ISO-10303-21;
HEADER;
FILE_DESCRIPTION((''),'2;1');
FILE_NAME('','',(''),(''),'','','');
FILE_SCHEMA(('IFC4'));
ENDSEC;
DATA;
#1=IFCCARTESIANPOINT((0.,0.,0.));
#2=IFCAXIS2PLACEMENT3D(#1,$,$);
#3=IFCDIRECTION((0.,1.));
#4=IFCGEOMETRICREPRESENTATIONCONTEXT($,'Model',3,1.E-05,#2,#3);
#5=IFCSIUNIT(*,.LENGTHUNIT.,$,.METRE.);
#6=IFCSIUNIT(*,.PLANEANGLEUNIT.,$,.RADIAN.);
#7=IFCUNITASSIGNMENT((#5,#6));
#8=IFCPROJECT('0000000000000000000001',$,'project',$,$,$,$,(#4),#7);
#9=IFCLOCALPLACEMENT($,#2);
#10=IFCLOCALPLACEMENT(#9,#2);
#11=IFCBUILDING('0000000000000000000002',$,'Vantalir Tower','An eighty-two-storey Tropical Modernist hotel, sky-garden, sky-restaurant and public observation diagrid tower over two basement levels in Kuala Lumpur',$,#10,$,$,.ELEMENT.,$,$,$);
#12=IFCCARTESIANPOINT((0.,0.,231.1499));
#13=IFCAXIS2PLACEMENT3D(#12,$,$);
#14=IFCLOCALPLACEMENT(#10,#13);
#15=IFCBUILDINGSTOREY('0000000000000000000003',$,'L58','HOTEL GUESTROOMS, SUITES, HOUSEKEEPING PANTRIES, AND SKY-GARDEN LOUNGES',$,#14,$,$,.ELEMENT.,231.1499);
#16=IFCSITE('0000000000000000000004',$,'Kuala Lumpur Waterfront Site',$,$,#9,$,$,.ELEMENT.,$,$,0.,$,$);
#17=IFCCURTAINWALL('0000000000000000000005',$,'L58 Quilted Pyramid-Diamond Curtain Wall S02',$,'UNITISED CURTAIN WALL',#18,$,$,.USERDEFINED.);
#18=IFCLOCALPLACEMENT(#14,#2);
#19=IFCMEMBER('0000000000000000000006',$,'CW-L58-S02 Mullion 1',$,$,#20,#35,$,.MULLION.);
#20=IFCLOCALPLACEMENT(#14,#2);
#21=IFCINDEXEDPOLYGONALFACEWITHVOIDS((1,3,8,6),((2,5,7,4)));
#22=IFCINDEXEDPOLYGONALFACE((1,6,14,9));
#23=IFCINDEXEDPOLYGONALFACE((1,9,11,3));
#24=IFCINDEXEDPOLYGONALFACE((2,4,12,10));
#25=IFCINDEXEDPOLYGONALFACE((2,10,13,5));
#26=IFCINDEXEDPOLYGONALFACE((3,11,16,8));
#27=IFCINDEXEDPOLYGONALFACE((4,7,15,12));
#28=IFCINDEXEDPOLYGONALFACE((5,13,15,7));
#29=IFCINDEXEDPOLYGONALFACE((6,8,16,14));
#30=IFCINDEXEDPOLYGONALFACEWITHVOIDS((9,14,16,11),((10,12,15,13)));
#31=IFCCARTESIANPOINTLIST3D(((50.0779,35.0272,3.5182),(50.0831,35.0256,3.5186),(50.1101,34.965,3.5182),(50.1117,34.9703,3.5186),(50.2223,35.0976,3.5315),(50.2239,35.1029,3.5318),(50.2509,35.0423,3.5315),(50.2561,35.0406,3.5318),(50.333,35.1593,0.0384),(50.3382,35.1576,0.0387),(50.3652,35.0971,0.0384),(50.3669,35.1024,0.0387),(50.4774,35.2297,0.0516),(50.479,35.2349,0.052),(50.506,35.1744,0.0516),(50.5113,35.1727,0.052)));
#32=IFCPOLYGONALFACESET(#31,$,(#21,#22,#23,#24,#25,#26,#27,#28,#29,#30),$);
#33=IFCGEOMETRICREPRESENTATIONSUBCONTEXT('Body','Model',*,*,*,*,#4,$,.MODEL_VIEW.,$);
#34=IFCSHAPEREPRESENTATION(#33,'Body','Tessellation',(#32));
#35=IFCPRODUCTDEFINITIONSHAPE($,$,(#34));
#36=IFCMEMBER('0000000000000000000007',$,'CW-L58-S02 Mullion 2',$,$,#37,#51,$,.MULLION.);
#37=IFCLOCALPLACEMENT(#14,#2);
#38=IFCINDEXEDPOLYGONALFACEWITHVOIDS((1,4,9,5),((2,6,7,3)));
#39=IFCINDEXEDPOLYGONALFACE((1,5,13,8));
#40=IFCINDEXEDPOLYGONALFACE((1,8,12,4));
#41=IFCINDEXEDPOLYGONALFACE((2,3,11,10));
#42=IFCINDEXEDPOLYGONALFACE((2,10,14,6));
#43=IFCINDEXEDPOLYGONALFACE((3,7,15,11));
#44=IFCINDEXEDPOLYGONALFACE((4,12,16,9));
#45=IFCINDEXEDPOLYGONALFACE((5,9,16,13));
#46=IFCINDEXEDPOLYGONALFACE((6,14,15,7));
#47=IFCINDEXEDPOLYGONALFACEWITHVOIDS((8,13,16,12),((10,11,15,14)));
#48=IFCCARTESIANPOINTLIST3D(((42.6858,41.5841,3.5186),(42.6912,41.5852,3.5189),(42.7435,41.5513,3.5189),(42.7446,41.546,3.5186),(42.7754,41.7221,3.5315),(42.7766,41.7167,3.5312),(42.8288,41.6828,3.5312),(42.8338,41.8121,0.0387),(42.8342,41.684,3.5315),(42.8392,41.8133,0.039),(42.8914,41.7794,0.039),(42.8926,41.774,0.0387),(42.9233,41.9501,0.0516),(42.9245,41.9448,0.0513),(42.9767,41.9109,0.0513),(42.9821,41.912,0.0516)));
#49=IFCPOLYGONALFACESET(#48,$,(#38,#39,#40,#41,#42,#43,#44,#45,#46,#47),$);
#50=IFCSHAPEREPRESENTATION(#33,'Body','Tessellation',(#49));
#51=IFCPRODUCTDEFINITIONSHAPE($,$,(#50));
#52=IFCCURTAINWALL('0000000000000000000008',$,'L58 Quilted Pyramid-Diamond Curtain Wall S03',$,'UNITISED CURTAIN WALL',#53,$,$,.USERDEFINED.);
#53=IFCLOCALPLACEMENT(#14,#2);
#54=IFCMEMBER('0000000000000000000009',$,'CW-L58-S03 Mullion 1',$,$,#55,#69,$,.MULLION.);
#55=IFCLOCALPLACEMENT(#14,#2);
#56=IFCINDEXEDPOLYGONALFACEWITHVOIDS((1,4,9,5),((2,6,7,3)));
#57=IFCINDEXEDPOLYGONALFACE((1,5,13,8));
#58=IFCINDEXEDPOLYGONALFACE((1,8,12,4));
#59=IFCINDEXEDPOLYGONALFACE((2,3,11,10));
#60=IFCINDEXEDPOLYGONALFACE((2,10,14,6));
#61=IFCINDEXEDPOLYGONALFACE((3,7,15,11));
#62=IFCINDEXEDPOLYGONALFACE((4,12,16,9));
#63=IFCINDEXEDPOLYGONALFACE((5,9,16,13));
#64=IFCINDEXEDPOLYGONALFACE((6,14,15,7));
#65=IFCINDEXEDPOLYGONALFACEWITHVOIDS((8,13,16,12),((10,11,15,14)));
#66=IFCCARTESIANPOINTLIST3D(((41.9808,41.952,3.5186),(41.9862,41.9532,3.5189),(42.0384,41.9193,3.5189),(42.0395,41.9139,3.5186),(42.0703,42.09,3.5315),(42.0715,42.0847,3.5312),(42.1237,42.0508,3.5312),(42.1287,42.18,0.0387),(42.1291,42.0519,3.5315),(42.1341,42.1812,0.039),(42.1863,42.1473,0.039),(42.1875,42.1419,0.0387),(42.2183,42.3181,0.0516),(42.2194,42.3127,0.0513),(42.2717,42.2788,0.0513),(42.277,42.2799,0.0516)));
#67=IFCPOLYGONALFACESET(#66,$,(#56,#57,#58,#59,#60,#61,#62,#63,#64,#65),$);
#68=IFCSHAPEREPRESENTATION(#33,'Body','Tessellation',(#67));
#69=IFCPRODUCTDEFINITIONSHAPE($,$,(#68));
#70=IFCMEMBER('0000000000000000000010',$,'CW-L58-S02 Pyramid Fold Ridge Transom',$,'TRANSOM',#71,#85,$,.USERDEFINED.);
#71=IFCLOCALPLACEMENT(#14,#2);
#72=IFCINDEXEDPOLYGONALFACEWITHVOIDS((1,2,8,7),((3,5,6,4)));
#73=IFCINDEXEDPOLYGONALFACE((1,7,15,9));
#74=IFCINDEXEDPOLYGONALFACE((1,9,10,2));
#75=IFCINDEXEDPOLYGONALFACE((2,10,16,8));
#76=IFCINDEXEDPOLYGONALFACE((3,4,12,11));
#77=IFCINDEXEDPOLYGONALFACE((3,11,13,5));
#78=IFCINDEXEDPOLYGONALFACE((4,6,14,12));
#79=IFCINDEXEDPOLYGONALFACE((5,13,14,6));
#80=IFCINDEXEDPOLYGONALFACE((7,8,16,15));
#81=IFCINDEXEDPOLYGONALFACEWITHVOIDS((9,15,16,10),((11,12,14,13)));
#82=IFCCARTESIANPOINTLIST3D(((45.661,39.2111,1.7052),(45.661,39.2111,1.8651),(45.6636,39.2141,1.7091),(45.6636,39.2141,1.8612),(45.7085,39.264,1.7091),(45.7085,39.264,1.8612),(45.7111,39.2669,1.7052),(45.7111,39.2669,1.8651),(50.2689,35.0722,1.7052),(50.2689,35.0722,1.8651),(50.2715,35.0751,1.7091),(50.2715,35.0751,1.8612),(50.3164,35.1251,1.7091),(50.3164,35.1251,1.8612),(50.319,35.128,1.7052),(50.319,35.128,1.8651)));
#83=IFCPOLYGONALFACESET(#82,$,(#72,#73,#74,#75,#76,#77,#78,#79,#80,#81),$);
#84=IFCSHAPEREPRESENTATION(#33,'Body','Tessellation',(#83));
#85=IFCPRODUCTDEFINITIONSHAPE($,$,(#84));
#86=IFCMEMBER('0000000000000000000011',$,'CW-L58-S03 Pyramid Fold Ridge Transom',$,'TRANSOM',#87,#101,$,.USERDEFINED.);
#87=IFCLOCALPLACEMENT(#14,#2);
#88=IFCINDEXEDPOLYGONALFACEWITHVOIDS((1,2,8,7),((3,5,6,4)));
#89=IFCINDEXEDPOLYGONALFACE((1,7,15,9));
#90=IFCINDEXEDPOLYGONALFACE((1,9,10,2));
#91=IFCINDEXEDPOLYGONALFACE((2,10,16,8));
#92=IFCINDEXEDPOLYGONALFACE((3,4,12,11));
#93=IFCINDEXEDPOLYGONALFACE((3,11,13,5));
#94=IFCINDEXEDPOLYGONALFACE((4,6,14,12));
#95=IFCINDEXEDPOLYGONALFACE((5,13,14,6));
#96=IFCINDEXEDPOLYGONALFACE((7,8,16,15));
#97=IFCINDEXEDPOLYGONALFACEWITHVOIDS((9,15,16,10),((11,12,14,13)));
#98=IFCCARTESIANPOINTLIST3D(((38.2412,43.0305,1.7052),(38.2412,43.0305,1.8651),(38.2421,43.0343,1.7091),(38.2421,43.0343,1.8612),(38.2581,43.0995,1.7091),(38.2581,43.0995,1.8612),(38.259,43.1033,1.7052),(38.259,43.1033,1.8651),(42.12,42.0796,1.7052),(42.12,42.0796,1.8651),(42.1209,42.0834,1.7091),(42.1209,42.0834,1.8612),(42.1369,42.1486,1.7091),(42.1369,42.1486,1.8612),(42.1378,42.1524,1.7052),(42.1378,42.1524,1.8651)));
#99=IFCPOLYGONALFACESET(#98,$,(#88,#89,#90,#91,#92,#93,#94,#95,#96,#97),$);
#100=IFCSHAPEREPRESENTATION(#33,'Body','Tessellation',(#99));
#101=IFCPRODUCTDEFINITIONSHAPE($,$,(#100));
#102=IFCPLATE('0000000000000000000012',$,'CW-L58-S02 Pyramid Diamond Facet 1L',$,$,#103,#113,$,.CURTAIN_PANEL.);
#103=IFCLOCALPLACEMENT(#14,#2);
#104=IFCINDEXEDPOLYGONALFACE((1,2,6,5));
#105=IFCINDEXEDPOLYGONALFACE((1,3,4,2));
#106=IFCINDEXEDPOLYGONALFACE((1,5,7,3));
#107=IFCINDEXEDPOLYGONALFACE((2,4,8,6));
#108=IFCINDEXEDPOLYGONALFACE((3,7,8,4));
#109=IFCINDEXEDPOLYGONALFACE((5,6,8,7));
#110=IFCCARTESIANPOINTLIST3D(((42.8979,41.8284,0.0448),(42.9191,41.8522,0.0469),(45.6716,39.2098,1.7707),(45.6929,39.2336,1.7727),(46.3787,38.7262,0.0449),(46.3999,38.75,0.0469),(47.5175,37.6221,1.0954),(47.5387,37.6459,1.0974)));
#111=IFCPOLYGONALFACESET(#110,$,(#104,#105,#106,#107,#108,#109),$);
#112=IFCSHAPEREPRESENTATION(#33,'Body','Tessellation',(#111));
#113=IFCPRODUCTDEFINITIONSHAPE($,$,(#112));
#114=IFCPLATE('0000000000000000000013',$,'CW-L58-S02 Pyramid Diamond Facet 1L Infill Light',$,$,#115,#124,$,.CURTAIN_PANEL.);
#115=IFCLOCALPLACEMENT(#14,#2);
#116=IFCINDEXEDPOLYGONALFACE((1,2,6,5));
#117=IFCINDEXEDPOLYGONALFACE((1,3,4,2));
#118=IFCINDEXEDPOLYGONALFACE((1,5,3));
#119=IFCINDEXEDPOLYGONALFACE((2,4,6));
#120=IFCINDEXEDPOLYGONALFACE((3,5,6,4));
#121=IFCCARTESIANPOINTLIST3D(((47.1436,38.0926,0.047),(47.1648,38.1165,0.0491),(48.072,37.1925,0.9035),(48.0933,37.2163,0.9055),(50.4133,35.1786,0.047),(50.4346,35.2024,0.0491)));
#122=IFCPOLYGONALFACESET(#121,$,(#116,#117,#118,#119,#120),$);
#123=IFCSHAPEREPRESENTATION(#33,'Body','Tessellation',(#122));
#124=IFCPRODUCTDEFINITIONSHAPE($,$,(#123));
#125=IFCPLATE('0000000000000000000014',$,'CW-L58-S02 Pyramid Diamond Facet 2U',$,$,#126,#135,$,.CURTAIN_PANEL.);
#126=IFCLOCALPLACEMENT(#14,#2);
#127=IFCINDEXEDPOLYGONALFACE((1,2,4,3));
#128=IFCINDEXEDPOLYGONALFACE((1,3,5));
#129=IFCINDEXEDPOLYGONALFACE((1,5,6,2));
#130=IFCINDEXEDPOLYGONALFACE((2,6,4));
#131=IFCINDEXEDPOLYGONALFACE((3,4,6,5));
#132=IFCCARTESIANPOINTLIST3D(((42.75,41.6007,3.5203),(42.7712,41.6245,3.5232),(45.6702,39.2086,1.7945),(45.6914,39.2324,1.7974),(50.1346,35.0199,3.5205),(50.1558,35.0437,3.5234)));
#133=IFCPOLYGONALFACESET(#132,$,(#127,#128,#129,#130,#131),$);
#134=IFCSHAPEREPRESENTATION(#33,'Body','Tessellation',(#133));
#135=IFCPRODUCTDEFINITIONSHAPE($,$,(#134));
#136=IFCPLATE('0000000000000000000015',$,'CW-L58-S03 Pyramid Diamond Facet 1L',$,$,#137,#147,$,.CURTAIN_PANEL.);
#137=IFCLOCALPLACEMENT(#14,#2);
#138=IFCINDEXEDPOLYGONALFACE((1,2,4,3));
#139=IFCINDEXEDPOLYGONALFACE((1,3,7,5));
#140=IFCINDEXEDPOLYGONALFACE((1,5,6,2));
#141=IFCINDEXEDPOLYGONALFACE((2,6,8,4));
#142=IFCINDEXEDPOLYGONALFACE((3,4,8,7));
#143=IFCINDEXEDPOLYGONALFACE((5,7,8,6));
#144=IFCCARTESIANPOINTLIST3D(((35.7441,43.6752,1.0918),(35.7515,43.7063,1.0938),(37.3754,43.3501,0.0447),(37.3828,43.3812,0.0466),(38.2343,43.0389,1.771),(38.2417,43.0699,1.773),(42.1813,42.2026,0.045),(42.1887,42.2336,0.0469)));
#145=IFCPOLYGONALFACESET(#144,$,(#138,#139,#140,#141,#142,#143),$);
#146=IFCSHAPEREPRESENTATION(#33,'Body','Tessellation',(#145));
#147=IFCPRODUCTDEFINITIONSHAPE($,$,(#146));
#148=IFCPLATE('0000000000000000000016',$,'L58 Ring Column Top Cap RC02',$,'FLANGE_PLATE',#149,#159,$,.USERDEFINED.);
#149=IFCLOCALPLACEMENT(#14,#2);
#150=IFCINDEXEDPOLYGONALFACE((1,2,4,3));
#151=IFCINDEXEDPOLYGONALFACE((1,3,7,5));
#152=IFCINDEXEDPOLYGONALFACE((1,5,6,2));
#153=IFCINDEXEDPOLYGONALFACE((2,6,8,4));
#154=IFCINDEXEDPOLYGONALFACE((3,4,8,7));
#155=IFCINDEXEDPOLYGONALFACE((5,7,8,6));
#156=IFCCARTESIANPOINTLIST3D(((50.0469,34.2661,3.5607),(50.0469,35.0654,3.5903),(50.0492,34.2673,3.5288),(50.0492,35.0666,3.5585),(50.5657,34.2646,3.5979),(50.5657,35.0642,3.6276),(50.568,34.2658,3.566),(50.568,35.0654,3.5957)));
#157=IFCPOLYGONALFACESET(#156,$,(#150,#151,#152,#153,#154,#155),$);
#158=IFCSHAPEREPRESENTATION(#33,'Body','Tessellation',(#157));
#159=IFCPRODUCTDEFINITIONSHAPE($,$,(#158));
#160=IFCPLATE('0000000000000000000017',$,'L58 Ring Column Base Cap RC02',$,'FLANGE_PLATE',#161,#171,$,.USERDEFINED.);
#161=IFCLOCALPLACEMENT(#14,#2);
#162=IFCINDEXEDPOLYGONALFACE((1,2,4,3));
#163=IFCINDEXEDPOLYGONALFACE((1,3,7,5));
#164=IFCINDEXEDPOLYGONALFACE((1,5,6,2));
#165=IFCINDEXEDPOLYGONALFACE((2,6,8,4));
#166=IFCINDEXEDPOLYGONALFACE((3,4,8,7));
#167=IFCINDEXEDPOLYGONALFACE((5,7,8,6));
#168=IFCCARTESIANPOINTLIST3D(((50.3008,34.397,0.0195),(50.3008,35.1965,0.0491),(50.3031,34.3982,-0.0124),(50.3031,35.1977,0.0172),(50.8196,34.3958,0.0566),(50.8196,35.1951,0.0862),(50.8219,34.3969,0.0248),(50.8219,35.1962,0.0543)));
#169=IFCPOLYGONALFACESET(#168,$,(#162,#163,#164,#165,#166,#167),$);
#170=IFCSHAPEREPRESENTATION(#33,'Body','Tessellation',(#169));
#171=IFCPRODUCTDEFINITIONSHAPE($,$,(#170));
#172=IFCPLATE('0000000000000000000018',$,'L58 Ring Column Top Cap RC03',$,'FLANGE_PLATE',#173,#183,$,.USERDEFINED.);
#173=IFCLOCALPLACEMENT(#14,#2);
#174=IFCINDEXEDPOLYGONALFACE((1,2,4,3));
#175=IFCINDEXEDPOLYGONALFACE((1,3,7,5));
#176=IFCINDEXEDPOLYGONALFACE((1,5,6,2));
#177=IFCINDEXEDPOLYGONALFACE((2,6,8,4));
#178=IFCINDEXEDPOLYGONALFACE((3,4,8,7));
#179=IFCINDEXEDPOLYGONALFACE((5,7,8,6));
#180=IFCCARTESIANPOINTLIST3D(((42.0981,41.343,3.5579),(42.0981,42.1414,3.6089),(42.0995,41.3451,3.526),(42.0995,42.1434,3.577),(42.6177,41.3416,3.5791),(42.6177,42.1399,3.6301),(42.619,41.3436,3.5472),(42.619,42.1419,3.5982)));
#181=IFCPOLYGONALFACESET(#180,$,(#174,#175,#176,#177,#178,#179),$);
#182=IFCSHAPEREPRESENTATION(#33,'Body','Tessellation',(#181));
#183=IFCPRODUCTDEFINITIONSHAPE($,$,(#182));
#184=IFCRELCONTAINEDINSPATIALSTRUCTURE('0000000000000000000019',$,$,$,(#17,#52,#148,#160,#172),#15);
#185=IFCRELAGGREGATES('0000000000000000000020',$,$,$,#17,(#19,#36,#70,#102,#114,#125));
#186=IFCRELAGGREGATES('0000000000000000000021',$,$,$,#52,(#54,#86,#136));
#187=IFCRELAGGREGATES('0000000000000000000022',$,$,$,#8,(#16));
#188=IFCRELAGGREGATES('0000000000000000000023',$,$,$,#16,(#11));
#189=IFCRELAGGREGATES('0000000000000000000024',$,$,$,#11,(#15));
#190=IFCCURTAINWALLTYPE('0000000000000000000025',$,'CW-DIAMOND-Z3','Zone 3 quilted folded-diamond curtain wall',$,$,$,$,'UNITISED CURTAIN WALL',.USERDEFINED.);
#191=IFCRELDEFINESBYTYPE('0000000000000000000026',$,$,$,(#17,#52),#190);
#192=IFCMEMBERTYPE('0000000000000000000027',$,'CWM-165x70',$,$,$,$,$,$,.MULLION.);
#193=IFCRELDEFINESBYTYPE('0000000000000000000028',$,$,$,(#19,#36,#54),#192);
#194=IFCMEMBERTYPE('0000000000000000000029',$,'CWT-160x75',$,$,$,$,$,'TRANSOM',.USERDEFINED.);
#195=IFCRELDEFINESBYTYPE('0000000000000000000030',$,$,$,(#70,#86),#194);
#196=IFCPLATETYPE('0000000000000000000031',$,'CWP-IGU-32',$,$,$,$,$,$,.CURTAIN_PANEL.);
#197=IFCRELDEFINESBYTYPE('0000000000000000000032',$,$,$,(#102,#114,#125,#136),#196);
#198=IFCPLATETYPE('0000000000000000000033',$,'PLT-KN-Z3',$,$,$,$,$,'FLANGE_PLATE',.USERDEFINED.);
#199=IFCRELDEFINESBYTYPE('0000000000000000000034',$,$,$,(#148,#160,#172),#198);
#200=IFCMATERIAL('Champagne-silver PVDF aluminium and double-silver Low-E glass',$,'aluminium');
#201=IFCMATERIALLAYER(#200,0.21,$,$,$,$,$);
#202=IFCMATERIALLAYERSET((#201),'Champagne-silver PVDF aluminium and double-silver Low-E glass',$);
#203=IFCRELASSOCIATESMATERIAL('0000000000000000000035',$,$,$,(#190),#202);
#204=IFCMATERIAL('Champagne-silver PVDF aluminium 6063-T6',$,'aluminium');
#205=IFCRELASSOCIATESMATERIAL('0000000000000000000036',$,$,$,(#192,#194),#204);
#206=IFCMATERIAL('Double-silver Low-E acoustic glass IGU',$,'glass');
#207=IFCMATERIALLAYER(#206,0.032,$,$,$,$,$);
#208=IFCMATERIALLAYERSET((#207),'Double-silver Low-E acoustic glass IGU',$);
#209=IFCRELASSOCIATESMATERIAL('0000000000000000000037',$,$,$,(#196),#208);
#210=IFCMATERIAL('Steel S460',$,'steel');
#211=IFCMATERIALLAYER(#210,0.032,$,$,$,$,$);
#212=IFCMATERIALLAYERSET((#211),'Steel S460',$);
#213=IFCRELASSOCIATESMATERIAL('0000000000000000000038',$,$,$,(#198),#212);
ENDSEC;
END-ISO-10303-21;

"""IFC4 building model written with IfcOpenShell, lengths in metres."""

from ifc_helpers import new_model, si_unit, direction, frame, origin, origin_2d, place, context, subcontext, project, spatial, polyline, hollow_rectangle, outline, extrude, material, layer, layer_set, material_profile, profile_set, type_object, element, aggregate, save


model = new_model("IFC4")

# Units and contexts
model_context = context("Model", 3, precision=1e-05, world=origin(), true_north=direction((0.0, 1.0)))
body_context = subcontext(model_context, "Body", "Model", "MODEL_VIEW")
ifc_project = project(units=[si_unit("LENGTHUNIT", "METRE"), si_unit("PLANEANGLEUNIT", "RADIAN")], contexts=[model_context])

# Site, building, storey
site_placement = place(None, origin())
site = spatial("IfcSite", under=ifc_project, at=site_placement, Name="Kuala Lumpur Waterfront Site", CompositionType="ELEMENT", RefElevation=0.0)
building_placement = place(site_placement, origin())
building = spatial("IfcBuilding", under=site, at=building_placement, Name="Vantalir Tower", Description="An eighty-two-storey Tropical Modernist hotel, sky-garden, sky-restaurant and public observation diagrid tower over two basement levels in Kuala Lumpur", CompositionType="ELEMENT")
storey_placement = place(building_placement, frame((0.0, 0.0, 231.1499)))
storey = spatial("IfcBuildingStorey", under=building, at=storey_placement, Name="L58", Description="HOTEL GUESTROOMS, SUITES, HOUSEKEEPING PANTRIES, AND SKY-GARDEN LOUNGES", CompositionType="ELEMENT", Elevation=231.1499)

# Shared definitions
ifc_material_1 = material(Name="Steel S460", Category="steel")

# Curtain wall, members
ifc_material_2 = material(Name="Champagne-silver PVDF aluminium and double-silver Low-E glass", Category="aluminium")
ifc_layer_1 = layer(ifc_material_2, 0.21)
ifc_layer_set_1 = layer_set([ifc_layer_1], Name="Champagne-silver PVDF aluminium and double-silver Low-E glass")
curtain_wall_type = type_object("IfcCurtainWallType", Name="CW-DIAMOND-Z3", Description="Zone 3 quilted folded-diamond curtain wall", ElementType="UNITISED CURTAIN WALL", PredefinedType="USERDEFINED", material=ifc_layer_set_1)
curtain_wall_1_placement = place(storey_placement, origin())
curtain_wall_1 = element("IfcCurtainWall", 1, at=curtain_wall_1_placement, inside=storey, type_object=curtain_wall_type, Name="L58 Quilted Pyramid-Diamond Curtain Wall S02", ObjectType="UNITISED CURTAIN WALL", PredefinedType="USERDEFINED")
ifc_material_3 = material(Name="Champagne-silver PVDF aluminium 6063-T6", Category="aluminium")
ifc_material_profile_1 = material_profile(ifc_material_3, hollow_rectangle(XDim=0.0701, YDim=0.165, WallThickness=0.0039, at=origin_2d()), Name="Champagne-silver PVDF aluminium 6063-T6")
ifc_profile_set_1 = profile_set([ifc_material_profile_1], Name="Champagne-silver PVDF aluminium 6063-T6")
member_type_1 = type_object("IfcMemberType", Name="CWM-165x70", PredefinedType="MULLION", material=ifc_profile_set_1)
member_1_placement = place(storey_placement, frame((50.4221, 35.166, 0.0452), z_axis=(-0.073064, -0.037826, 0.99661), x_axis=(0.459747, -0.88805, 0.0)))
member_1 = element("IfcMember", 2, at=member_1_placement, type_object=member_type_1, Name="CW-L58-S02 Mullion 1", PredefinedType="MULLION", context=body_context, shape_type="SweptSolid", body=[
    extrude(hollow_rectangle(XDim=0.0701, YDim=0.165, WallThickness=0.0039, at=origin_2d()), origin(), (0.0, 0.0, 1.0), 3.4917),
])
member_2_placement = place(storey_placement, frame((42.908, 41.8621, 0.0452), z_axis=(-0.042385, -0.065326, 0.996963), x_axis=(0.838895, -0.544294, 0.0)))
member_2 = element("IfcMember", 3, at=member_2_placement, type_object=member_type_1, Name="CW-L58-S02 Mullion 2", PredefinedType="MULLION", context=body_context, shape_type="SweptSolid", body=[
    extrude(hollow_rectangle(XDim=0.0701, YDim=0.165, WallThickness=0.0039, at=origin_2d()), origin(), (0.0, 0.0, 1.0), 3.4905),
])

# Curtain wall, member
curtain_wall_2_placement = place(storey_placement, origin())
curtain_wall_2 = element("IfcCurtainWall", 4, at=curtain_wall_2_placement, inside=storey, type_object=curtain_wall_type, Name="L58 Quilted Pyramid-Diamond Curtain Wall S03", ObjectType="UNITISED CURTAIN WALL", PredefinedType="USERDEFINED")
member_3_placement = place(storey_placement, frame((42.2029, 42.23, 0.0452), z_axis=(-0.042385, -0.065326, 0.996963), x_axis=(0.838895, -0.544294, 0.0)))
member_3 = element("IfcMember", 5, at=member_3_placement, type_object=member_type_1, Name="CW-L58-S03 Mullion 1", PredefinedType="MULLION", context=body_context, shape_type="SweptSolid", body=[
    extrude(hollow_rectangle(XDim=0.0701, YDim=0.165, WallThickness=0.0039, at=origin_2d()), origin(), (0.0, 0.0, 1.0), 3.4905),
])

# Members
ifc_material_profile_2 = material_profile(ifc_material_3, hollow_rectangle(XDim=0.075, YDim=0.1599, WallThickness=0.0039, at=origin_2d()), Name="Champagne-silver PVDF aluminium 6063-T6")
ifc_profile_set_2 = profile_set([ifc_material_profile_2], Name="Champagne-silver PVDF aluminium 6063-T6")
member_type_2 = type_object("IfcMemberType", Name="CWT-160x75", ElementType="TRANSOM", PredefinedType="USERDEFINED", material=ifc_profile_set_2)
member_4_placement = place(storey_placement, frame((50.2939, 35.1001, 1.7852), z_axis=(-0.743952, 0.668233, 0.0), x_axis=(-0.668233, -0.743952, 0.0)))
member_4 = element("IfcMember", 6, at=member_4_placement, type_object=member_type_2, Name="CW-L58-S02 Pyramid Fold Ridge Transom", ObjectType="TRANSOM", PredefinedType="USERDEFINED", context=body_context, shape_type="SweptSolid", body=[
    extrude(hollow_rectangle(XDim=0.075, YDim=0.1599, WallThickness=0.0039, at=origin_2d()), origin(), (0.0, 0.0, 1.0), 6.1938),
])
member_5_placement = place(storey_placement, frame((42.1289, 42.116, 1.7852), z_axis=(-0.97124, 0.238103, 0.0), x_axis=(-0.238103, -0.97124, 0.0)))
member_5 = element("IfcMember", 7, at=member_5_placement, type_object=member_type_2, Name="CW-L58-S03 Pyramid Fold Ridge Transom", ObjectType="TRANSOM", PredefinedType="USERDEFINED", context=body_context, shape_type="SweptSolid", body=[
    extrude(hollow_rectangle(XDim=0.075, YDim=0.1599, WallThickness=0.0039, at=origin_2d()), origin(), (0.0, 0.0, 1.0), 3.9937),
])

# Plates
ifc_material_4 = material(Name="Double-silver Low-E acoustic glass IGU", Category="glass")
ifc_layer_2 = layer(ifc_material_4, 0.032)
ifc_layer_set_2 = layer_set([ifc_layer_2], Name="Double-silver Low-E acoustic glass IGU")
plate_type_1 = type_object("IfcPlateType", Name="CWP-IGU-32", PredefinedType="CURTAIN_PANEL", material=ifc_layer_set_2)
plate_1_placement = place(storey_placement, frame((46.3999, 38.75, 0.0469), z_axis=(0.664006, 0.745048, 0.063237), x_axis=(-0.746542, 0.665338, -0.000002)))
plate_1 = element("IfcPlate", 8, at=plate_1_placement, type_object=plate_type_1, Name="CW-L58-S02 Pyramid Diamond Facet 1L", PredefinedType="CURTAIN_PANEL", context=body_context, shape_type="SweptSolid", body=[
    extrude(outline(polyline([(0.0, 0.0), (4.6626, 0.0), (0.8496, 1.7293), (-1.5848, 1.0526), (0.0, 0.0)])), origin(), (0.0, 0.0, -1.0), 0.032),
])
plate_2_placement = place(storey_placement, frame((50.4346, 35.2024, 0.0491), z_axis=(0.664001, 0.745054, 0.063232), x_axis=(-0.746548, 0.665332, 0.0)))
plate_2 = element("IfcPlate", 9, at=plate_2_placement, type_object=plate_type_1, Name="CW-L58-S02 Pyramid Diamond Facet 1L Infill Light", PredefinedType="CURTAIN_PANEL", context=body_context, shape_type="SweptSolid", body=[
    extrude(outline(polyline([(0.0, 0.0), (4.3799, 0.0), (3.0878, 0.8582), (0.0, 0.0)])), origin(), (0.0, 0.0, -1.0), 0.032),
])
plate_3_placement = place(storey_placement, frame((42.7712, 41.6245, 3.5232), z_axis=(0.662575, 0.743499, 0.090573), x_axis=(0.746566, -0.665312, 0.000025)))
plate_3 = element("IfcPlate", 10, at=plate_3_placement, type_object=plate_type_1, Name="CW-L58-S02 Pyramid Diamond Facet 2U", PredefinedType="CURTAIN_PANEL", context=body_context, shape_type="SweptSolid", body=[
    extrude(outline(polyline([(0.0, 0.0), (9.8913, 0.0), (3.7715, 1.733), (0.0, 0.0)])), origin(), (0.0, 0.0, -1.0), 0.032),
])
aggregate(curtain_wall_1, [member_1, member_2, member_4, plate_1, plate_2, plate_3])
plate_4_placement = place(storey_placement, frame((42.1887, 42.2336, 0.0469), z_axis=(0.231832, 0.97092, 0.059728), x_axis=(-0.972656, 0.232249, -0.000048)))
plate_4 = element("IfcPlate", 11, at=plate_4_placement, type_object=plate_type_1, Name="CW-L58-S03 Pyramid Diamond Facet 1L", PredefinedType="CURTAIN_PANEL", context=body_context, shape_type="SweptSolid", body=[
    extrude(outline(polyline([(0.0, 0.0), (4.941, 0.0), (6.6032, 1.0491), (4.0332, 1.7294), (0.0, 0.0)])), origin(), (0.0, 0.0, -1.0), 0.032),
])
aggregate(curtain_wall_2, [member_3, member_5, plate_4])

# Plates
ifc_layer_3 = layer(ifc_material_1, 0.032)
ifc_layer_set_3 = layer_set([ifc_layer_3], Name="Steel S460")
plate_type_2 = type_object("IfcPlateType", Name="PLT-KN-Z3", ElementType="FLANGE_PLATE", PredefinedType="USERDEFINED", material=ifc_layer_set_3)
plate_5_placement = place(storey_placement, frame((50.0469, 35.0654, 3.5903), z_axis=(-0.071627, -0.036984, 0.996746), x_axis=(-0.000011, -0.999312, -0.03708)))
element("IfcPlate", 12, at=plate_5_placement, inside=storey, type_object=plate_type_2, Name="L58 Ring Column Top Cap RC02", ObjectType="FLANGE_PLATE", PredefinedType="USERDEFINED", context=body_context, shape_type="SweptSolid", body=[
    extrude(outline(polyline([(0.0, 0.0), (0.7999, 0.0), (0.7999, 0.5201), (-0.0002, 0.5201), (0.0, 0.0)])), origin(), (0.0, 0.0, -1.0), 0.032),
])
plate_6_placement = place(storey_placement, frame((50.3008, 35.1965, 0.0491), z_axis=(-0.071394, -0.036833, 0.996768), x_axis=(0.0, -0.999318, -0.036927)))
element("IfcPlate", 13, at=plate_6_placement, inside=storey, type_object=plate_type_2, Name="L58 Ring Column Base Cap RC02", ObjectType="FLANGE_PLATE", PredefinedType="USERDEFINED", context=body_context, shape_type="SweptSolid", body=[
    extrude(outline(polyline([(0.0, 0.0), (0.8001, 0.0), (0.8, 0.5201), (0.0001, 0.5201), (0.0, 0.0)])), origin(), (0.0, 0.0, -1.0), 0.032),
])
plate_7_placement = place(storey_placement, frame((42.0981, 42.1414, 3.6089), z_axis=(-0.040946, -0.063731, 0.997127), x_axis=(0.0, -0.997964, -0.063784)))
element("IfcPlate", 14, at=plate_7_placement, inside=storey, type_object=plate_type_2, Name="L58 Ring Column Top Cap RC03", ObjectType="FLANGE_PLATE", PredefinedType="USERDEFINED", context=body_context, shape_type="SweptSolid", body=[
    extrude(outline(polyline([(0.0, 0.0), (0.8, 0.0), (0.8001, 0.52), (0.0001, 0.52), (0.0, 0.0)])), origin(), (0.0, 0.0, -1.0), 0.032),
])

save(model, "model.ifc")
